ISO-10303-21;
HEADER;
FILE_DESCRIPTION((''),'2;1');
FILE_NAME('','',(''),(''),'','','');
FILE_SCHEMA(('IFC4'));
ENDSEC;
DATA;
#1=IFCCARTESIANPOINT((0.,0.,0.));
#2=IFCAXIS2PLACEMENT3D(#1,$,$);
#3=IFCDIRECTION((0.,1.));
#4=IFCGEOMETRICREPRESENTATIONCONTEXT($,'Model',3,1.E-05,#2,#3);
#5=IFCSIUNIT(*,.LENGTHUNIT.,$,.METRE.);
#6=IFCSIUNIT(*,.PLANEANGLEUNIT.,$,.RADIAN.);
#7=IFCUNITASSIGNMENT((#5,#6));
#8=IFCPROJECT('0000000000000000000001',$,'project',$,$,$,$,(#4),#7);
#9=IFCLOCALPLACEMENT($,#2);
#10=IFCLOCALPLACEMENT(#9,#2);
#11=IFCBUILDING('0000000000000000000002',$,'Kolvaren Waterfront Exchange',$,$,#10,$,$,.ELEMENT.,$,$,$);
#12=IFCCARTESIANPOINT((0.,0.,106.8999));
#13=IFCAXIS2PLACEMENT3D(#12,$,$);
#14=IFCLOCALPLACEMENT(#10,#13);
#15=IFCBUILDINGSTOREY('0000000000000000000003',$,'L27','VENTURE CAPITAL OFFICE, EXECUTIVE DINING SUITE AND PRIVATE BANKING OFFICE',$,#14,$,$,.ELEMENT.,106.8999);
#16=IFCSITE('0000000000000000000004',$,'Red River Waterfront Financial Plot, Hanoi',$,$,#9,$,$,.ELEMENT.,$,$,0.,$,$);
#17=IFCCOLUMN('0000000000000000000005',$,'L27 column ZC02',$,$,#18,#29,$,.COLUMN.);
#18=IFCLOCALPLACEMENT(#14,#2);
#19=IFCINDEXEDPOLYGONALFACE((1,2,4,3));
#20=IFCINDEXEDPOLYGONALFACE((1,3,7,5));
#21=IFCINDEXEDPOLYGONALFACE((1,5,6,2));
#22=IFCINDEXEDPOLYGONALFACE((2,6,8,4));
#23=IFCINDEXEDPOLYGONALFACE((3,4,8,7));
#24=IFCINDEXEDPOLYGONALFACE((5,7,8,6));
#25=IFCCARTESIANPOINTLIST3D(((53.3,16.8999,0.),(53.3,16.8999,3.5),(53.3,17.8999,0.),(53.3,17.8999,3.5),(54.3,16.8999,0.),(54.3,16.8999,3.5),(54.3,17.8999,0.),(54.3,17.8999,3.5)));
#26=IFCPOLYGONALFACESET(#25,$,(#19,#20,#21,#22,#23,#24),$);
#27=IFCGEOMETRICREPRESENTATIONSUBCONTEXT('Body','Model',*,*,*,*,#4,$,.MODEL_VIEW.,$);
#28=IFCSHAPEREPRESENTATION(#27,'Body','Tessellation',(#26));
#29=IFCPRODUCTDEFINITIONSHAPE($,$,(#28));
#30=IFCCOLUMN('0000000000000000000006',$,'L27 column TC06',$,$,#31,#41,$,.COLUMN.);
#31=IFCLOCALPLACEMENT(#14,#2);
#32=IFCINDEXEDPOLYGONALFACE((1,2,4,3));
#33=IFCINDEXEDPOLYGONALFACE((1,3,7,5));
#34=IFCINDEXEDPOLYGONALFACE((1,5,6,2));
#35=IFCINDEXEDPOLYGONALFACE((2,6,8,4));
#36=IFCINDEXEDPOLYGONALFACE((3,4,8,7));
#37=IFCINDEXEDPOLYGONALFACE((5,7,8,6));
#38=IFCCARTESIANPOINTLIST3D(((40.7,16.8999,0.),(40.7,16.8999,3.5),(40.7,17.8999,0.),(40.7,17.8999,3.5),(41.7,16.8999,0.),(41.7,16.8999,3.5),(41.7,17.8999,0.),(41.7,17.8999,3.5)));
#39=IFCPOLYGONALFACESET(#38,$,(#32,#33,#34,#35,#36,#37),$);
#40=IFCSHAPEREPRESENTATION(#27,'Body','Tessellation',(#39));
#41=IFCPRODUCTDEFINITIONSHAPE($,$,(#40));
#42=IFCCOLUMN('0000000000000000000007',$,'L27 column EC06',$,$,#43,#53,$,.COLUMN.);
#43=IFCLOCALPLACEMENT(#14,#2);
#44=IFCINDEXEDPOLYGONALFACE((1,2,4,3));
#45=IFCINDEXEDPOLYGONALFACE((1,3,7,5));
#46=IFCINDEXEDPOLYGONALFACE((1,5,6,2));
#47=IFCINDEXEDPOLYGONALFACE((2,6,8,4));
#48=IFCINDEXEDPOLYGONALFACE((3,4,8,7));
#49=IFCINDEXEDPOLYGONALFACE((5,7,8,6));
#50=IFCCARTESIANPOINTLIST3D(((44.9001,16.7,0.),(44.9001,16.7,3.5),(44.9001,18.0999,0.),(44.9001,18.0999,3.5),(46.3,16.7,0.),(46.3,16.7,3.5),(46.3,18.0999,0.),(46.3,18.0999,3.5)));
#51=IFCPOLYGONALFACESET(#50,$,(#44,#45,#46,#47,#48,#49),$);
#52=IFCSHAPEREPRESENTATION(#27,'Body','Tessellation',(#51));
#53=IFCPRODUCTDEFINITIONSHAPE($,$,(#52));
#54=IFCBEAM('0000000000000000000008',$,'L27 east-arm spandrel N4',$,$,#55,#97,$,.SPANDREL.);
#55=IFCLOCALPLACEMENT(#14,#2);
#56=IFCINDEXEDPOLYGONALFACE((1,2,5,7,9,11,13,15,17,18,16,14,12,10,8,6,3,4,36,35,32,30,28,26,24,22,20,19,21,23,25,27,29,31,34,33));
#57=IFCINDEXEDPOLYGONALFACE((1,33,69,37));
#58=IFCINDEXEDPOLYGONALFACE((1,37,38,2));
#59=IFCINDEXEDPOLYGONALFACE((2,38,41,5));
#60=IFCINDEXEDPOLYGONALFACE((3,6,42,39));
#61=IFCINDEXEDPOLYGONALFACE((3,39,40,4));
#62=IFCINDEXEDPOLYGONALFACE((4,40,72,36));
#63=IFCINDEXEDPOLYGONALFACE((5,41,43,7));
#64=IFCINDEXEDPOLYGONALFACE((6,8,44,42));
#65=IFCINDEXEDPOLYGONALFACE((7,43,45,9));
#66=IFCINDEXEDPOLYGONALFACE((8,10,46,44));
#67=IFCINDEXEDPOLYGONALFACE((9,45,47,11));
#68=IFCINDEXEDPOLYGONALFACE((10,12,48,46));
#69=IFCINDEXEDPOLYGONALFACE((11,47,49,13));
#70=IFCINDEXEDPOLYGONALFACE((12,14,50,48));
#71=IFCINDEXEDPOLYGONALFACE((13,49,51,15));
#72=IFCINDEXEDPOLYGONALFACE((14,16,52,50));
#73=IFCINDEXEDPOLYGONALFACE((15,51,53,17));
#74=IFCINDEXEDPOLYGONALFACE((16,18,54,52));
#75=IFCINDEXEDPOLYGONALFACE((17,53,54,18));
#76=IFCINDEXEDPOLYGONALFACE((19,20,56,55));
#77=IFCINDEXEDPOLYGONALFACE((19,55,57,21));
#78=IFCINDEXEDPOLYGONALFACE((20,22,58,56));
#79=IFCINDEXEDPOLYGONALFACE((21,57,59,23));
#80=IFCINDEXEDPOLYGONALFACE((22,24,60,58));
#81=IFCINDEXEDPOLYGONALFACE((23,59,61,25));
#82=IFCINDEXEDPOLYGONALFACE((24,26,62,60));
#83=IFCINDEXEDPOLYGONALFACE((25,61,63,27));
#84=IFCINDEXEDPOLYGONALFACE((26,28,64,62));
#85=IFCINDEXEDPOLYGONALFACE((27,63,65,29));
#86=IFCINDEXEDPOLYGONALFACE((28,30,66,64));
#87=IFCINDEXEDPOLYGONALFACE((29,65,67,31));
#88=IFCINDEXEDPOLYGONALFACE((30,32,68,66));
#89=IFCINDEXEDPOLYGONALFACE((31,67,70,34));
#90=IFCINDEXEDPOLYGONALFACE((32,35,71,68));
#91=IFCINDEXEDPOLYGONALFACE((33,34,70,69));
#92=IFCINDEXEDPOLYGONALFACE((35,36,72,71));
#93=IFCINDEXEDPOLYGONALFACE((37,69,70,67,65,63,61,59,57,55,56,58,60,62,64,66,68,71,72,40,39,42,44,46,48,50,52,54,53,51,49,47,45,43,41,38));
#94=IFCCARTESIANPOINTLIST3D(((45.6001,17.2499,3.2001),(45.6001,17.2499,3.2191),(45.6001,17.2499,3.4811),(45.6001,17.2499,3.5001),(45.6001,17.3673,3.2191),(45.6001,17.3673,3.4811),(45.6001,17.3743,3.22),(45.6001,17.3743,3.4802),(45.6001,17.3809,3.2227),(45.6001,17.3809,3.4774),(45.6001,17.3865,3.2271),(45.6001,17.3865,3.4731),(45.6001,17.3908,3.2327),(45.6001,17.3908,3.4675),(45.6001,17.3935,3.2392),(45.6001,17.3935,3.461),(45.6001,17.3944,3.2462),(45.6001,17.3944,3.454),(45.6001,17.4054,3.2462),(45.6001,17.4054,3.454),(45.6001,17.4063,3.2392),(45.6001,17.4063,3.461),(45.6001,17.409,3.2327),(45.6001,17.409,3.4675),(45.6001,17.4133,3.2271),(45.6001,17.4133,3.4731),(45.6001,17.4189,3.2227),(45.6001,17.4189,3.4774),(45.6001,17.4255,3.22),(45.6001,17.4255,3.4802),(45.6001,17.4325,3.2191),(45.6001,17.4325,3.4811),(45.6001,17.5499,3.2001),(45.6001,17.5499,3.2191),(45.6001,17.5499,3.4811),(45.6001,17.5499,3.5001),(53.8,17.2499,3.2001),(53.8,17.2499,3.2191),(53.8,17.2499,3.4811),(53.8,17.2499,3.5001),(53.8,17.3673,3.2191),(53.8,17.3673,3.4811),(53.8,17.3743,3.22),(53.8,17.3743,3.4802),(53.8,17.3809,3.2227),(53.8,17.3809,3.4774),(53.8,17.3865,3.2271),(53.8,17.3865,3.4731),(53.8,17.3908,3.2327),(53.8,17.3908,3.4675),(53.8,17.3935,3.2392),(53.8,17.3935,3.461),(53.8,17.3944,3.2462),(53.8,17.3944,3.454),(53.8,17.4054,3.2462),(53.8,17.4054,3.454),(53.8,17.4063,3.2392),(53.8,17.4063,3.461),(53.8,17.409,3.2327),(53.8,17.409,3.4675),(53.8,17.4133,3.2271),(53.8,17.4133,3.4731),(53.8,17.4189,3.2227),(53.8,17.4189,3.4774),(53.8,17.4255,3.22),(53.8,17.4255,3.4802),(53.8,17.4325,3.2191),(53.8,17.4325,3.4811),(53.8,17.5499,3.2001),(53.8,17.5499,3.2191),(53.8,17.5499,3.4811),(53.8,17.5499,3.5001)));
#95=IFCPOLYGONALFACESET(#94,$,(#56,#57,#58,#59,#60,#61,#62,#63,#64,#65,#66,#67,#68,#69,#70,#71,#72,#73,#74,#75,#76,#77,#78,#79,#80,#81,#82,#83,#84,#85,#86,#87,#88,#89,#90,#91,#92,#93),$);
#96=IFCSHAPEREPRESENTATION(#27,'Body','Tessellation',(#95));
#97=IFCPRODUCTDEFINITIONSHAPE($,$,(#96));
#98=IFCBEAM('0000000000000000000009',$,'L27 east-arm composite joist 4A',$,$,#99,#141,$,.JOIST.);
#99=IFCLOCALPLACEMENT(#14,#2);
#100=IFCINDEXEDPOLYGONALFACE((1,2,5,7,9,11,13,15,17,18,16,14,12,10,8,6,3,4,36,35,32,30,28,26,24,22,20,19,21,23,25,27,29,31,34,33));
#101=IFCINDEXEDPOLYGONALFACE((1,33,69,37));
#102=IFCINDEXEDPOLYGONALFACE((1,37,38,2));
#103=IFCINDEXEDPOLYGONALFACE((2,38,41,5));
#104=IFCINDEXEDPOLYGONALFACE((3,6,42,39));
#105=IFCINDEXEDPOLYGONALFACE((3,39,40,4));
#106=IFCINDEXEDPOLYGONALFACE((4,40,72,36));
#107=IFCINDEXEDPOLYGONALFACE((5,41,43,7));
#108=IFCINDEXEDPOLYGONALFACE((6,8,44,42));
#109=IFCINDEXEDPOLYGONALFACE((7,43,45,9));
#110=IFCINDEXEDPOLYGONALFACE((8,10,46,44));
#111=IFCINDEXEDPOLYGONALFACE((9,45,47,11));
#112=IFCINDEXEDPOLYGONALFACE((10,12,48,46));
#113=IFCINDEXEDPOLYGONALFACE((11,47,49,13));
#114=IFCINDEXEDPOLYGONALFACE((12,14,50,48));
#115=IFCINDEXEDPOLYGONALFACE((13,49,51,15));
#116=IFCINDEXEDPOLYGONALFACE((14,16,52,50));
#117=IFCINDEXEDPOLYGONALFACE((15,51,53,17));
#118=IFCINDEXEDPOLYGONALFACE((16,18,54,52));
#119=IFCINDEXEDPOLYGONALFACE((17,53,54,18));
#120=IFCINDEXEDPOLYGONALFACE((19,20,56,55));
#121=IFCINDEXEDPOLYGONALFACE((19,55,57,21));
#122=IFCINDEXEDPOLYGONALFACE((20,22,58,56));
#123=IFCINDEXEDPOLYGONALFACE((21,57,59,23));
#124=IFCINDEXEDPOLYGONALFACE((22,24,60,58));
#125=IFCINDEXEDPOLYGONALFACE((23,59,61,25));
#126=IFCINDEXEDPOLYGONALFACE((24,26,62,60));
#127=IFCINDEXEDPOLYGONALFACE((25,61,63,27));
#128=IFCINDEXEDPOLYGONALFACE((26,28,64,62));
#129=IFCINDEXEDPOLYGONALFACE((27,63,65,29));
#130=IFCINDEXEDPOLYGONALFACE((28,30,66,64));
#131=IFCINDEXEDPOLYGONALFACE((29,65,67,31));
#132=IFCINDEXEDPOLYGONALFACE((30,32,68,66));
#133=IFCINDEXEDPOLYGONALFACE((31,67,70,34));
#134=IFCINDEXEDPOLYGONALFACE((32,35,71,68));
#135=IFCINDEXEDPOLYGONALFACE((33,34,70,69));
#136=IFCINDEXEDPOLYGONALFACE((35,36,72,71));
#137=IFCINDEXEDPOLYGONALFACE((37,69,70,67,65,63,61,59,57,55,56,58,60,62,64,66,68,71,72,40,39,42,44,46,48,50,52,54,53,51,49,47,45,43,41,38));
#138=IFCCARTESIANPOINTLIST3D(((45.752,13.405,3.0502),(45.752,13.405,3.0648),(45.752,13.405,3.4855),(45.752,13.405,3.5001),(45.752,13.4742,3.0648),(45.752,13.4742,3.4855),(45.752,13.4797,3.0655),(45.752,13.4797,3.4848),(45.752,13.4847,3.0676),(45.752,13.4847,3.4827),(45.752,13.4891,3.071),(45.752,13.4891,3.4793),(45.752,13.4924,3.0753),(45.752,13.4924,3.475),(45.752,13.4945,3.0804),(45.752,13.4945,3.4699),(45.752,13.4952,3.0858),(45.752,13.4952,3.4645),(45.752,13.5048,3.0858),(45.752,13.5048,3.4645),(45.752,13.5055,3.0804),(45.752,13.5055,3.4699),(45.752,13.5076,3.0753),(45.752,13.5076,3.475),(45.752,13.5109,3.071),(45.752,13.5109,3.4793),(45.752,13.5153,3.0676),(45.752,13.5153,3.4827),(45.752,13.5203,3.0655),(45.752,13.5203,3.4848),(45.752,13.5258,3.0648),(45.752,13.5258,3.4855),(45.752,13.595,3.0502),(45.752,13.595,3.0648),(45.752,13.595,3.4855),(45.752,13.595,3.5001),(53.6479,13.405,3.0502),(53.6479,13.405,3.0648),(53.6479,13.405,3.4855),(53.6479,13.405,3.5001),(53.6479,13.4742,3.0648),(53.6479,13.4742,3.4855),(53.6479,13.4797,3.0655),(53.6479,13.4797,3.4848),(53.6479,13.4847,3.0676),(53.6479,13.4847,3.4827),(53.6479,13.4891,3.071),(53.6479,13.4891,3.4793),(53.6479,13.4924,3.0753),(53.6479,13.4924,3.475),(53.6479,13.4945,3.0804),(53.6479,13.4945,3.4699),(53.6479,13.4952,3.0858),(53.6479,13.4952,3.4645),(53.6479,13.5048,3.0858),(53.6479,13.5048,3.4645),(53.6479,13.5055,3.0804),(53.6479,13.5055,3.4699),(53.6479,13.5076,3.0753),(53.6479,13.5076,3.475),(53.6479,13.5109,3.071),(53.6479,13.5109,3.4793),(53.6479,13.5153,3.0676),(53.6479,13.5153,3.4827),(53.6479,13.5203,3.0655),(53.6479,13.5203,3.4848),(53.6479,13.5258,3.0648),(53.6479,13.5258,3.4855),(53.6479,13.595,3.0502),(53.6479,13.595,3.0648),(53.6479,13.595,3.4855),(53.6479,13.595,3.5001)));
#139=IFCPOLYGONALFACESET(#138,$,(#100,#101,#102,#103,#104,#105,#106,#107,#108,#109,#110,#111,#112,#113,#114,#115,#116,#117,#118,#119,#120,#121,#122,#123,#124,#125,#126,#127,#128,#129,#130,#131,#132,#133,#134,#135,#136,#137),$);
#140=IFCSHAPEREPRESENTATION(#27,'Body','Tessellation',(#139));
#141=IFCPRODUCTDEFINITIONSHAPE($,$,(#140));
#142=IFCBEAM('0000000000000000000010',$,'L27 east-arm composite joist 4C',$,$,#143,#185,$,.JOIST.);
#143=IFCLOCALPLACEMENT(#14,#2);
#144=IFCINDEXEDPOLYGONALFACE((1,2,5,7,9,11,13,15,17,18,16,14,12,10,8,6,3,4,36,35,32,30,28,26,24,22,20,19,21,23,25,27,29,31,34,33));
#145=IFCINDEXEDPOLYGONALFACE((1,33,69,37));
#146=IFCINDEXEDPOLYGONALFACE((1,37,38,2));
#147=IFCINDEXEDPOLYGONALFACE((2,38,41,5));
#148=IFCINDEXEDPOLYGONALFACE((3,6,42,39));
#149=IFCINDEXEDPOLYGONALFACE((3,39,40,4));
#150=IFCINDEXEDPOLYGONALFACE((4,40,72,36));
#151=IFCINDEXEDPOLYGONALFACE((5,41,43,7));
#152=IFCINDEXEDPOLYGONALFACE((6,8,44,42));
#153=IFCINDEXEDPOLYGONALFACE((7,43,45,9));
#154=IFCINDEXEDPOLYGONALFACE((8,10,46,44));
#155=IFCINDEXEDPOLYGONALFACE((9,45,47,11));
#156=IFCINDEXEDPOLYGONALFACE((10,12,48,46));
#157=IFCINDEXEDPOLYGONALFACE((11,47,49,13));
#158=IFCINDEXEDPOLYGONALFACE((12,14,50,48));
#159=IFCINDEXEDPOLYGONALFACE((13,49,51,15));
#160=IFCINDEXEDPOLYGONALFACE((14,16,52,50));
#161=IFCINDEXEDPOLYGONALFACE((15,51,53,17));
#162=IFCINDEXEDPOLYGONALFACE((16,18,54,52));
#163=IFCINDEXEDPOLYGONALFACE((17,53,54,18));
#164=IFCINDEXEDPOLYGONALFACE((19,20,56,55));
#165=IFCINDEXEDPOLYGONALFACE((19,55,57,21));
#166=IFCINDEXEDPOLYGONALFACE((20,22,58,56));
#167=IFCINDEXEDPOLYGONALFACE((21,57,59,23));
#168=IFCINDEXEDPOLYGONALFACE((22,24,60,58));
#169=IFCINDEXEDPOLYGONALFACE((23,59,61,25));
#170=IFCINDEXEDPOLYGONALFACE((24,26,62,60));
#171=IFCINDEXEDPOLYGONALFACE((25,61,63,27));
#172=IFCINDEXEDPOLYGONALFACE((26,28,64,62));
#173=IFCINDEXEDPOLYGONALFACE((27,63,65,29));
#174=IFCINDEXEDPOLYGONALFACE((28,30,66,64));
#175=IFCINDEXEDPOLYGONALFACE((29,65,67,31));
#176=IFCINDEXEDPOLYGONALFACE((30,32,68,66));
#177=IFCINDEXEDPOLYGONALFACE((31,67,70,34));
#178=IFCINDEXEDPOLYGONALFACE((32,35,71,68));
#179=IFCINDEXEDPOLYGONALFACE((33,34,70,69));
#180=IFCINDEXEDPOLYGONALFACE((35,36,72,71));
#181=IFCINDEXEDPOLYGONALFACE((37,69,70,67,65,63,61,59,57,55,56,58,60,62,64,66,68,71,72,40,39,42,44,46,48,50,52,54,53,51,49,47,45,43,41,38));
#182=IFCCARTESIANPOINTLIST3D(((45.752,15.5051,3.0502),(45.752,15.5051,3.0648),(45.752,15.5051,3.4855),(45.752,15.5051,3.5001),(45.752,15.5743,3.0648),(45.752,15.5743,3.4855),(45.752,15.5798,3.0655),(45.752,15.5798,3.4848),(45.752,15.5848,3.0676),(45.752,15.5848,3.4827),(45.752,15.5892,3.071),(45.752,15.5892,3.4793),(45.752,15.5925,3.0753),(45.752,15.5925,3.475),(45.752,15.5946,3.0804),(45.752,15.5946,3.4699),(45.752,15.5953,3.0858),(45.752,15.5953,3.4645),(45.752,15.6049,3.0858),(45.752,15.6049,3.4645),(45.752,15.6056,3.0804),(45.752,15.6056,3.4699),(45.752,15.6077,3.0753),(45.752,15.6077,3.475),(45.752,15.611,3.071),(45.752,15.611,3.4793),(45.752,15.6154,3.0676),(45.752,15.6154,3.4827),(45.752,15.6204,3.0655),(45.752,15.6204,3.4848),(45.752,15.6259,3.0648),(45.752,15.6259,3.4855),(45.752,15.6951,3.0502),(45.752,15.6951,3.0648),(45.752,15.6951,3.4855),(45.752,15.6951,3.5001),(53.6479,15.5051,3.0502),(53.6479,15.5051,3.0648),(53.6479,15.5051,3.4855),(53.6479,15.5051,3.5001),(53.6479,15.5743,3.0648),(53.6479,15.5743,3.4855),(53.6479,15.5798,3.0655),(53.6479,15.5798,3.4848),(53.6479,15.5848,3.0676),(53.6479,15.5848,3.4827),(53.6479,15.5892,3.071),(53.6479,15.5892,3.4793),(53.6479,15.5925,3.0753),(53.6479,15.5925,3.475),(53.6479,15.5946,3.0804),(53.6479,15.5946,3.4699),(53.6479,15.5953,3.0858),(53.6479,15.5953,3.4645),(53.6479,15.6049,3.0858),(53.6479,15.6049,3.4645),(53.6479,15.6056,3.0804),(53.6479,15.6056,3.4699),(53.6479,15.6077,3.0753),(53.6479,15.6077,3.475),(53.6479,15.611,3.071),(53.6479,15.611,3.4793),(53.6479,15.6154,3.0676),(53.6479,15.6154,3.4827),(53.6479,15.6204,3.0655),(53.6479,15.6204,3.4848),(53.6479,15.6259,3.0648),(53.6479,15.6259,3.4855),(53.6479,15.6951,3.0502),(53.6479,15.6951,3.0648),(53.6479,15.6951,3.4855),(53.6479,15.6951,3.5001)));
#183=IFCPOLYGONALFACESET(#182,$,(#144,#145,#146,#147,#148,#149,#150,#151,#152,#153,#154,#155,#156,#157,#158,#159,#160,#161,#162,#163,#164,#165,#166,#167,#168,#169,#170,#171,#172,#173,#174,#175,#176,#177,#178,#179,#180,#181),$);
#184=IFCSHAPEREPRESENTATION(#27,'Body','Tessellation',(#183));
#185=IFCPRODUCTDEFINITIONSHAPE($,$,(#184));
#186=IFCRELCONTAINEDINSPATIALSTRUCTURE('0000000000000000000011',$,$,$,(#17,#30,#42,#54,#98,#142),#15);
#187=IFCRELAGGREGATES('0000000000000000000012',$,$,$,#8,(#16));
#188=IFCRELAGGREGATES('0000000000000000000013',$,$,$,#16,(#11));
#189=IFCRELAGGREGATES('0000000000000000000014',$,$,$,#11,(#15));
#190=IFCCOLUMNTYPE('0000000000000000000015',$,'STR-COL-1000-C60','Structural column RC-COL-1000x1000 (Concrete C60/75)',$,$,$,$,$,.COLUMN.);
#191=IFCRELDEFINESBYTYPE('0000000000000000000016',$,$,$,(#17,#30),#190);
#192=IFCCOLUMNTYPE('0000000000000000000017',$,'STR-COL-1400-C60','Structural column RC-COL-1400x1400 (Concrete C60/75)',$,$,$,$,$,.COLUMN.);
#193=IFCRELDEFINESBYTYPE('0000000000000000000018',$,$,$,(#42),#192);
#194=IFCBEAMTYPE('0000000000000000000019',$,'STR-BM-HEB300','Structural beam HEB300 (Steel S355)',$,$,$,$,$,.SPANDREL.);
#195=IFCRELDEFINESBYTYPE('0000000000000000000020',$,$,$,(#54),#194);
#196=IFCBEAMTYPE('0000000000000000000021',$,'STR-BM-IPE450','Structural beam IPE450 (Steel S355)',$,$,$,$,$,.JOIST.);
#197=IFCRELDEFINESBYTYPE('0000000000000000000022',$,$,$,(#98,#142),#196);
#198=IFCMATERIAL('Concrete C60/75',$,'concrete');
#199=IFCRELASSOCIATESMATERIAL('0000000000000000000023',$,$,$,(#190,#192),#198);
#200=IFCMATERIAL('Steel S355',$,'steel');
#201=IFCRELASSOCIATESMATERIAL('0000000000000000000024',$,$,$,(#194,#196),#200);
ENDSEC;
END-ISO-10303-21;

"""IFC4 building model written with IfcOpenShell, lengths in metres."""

from ifc_helpers import new_model, si_unit, direction, frame, origin, origin_2d, place, context, subcontext, project, spatial, rectangle, i_section, extrude, material, material_profile, profile_set, type_object, element, save


model = new_model("IFC4")

# Units and contexts
model_context = context("Model", 3, precision=1e-05, world=origin(), true_north=direction((0.0, 1.0)))
body_context = subcontext(model_context, "Body", "Model", "MODEL_VIEW")
ifc_project = project(units=[si_unit("LENGTHUNIT", "METRE"), si_unit("PLANEANGLEUNIT", "RADIAN")], contexts=[model_context])

# Site, building, storey
site_placement = place(None, origin())
site = spatial("IfcSite", under=ifc_project, at=site_placement, Name="Red River Waterfront Financial Plot, Hanoi", CompositionType="ELEMENT", RefElevation=0.0)
building_placement = place(site_placement, origin())
building = spatial("IfcBuilding", under=site, at=building_placement, Name="Kolvaren Waterfront Exchange", CompositionType="ELEMENT")
storey_placement = place(building_placement, frame((0.0, 0.0, 106.8999)))
storey = spatial("IfcBuildingStorey", under=building, at=storey_placement, Name="L27", Description="VENTURE CAPITAL OFFICE, EXECUTIVE DINING SUITE AND PRIVATE BANKING OFFICE", CompositionType="ELEMENT", Elevation=106.8999)

# Columns
ifc_material_1 = material(Name="Concrete C60/75", Category="concrete")
ifc_material_profile_1 = material_profile(ifc_material_1, rectangle(XDim=1.0, YDim=1.0, at=origin_2d()), Name="RC-COL-1000x1000")
ifc_profile_set_1 = profile_set([ifc_material_profile_1], Name="Concrete C60/75")
column_type_1 = type_object("IfcColumnType", Name="STR-COL-1000-C60", Description="Structural column RC-COL-1000x1000 (Concrete C60/75)", PredefinedType="COLUMN", material=ifc_profile_set_1)
for number, where, z_axis, x_axis, name in (
    (1, (53.8, 17.3999, 0.0), (0.0, 0.0, 1.0), (1.0, 0.0, 0.0), "L27 column ZC02"),
    (2, (41.2, 17.3999, 0.0), (0.0, 0.0, 1.0), (1.0, 0.0, 0.0), "L27 column TC06"),
):
    element("IfcColumn", number, at=place(storey_placement, frame(where, z_axis=z_axis, x_axis=x_axis)), inside=storey, type_object=column_type_1, Name=name, PredefinedType="COLUMN", context=body_context, shape_type="SweptSolid", body=[
        extrude(rectangle(XDim=1.0, YDim=1.0, at=origin_2d()), origin(), (0.0, 0.0, 1.0), 3.5),
    ])
ifc_material_profile_2 = material_profile(ifc_material_1, rectangle(XDim=1.3999, YDim=1.3999, at=origin_2d()), Name="RC-COL-1400x1400")
ifc_profile_set_2 = profile_set([ifc_material_profile_2], Name="Concrete C60/75")
column_type_2 = type_object("IfcColumnType", Name="STR-COL-1400-C60", Description="Structural column RC-COL-1400x1400 (Concrete C60/75)", PredefinedType="COLUMN", material=ifc_profile_set_2)
column_placement = place(storey_placement, frame((45.6001, 17.3999, 0.0), z_axis=(0.0, 0.0, 1.0), x_axis=(1.0, 0.0, 0.0)))
element("IfcColumn", 3, at=column_placement, inside=storey, type_object=column_type_2, Name="L27 column EC06", PredefinedType="COLUMN", context=body_context, shape_type="SweptSolid", body=[
    extrude(rectangle(XDim=1.3999, YDim=1.3999, at=origin_2d()), origin(), (0.0, 0.0, 1.0), 3.5),
])

# Beams
ifc_material_2 = material(Name="Steel S355", Category="steel")
ifc_material_profile_3 = material_profile(ifc_material_2, i_section(OverallWidth=0.3, OverallDepth=0.3, WebThickness=0.011, FlangeThickness=0.019, FilletRadius=0.0271, at=origin_2d()), Name="HEB300")
ifc_profile_set_3 = profile_set([ifc_material_profile_3], Name="Steel S355")
beam_type_1 = type_object("IfcBeamType", Name="STR-BM-HEB300", Description="Structural beam HEB300 (Steel S355)", PredefinedType="SPANDREL", material=ifc_profile_set_3)
beam_placement = place(storey_placement, frame((45.6001, 17.3999, 3.3501), z_axis=(1.0, 0.0, 0.0), x_axis=(0.0, 1.0, 0.0)))
element("IfcBeam", 4, at=beam_placement, inside=storey, type_object=beam_type_1, Name="L27 east-arm spandrel N4", PredefinedType="SPANDREL", context=body_context, shape_type="SweptSolid", body=[
    extrude(i_section(OverallWidth=0.3, OverallDepth=0.3, WebThickness=0.011, FlangeThickness=0.019, FilletRadius=0.0271, at=origin_2d()), origin(), (0.0, 0.0, 1.0), 8.2),
])
ifc_material_profile_4 = material_profile(ifc_material_2, i_section(OverallWidth=0.1899, OverallDepth=0.45, WebThickness=0.0095, FlangeThickness=0.0146, FilletRadius=0.021, at=origin_2d()), Name="IPE450")
ifc_profile_set_4 = profile_set([ifc_material_profile_4], Name="Steel S355")
beam_type_2 = type_object("IfcBeamType", Name="STR-BM-IPE450", Description="Structural beam IPE450 (Steel S355)", PredefinedType="JOIST", material=ifc_profile_set_4)
for number, where, z_axis, x_axis, name in (
    (5, (45.752, 13.5, 3.2751), (1.0, 0.0, 0.0), (0.0, 1.0, 0.0), "L27 east-arm composite joist 4A"),
    (6, (45.752, 15.6001, 3.2751), (1.0, 0.0, 0.0), (0.0, 1.0, 0.0), "L27 east-arm composite joist 4C"),
):
    element("IfcBeam", number, at=place(storey_placement, frame(where, z_axis=z_axis, x_axis=x_axis)), inside=storey, type_object=beam_type_2, Name=name, PredefinedType="JOIST", context=body_context, shape_type="SweptSolid", body=[
        extrude(i_section(OverallWidth=0.1899, OverallDepth=0.45, WebThickness=0.0095, FlangeThickness=0.0146, FilletRadius=0.021, at=origin_2d()), origin(), (0.0, 0.0, 1.0), 7.896),
    ])

save(model, "model.ifc")
